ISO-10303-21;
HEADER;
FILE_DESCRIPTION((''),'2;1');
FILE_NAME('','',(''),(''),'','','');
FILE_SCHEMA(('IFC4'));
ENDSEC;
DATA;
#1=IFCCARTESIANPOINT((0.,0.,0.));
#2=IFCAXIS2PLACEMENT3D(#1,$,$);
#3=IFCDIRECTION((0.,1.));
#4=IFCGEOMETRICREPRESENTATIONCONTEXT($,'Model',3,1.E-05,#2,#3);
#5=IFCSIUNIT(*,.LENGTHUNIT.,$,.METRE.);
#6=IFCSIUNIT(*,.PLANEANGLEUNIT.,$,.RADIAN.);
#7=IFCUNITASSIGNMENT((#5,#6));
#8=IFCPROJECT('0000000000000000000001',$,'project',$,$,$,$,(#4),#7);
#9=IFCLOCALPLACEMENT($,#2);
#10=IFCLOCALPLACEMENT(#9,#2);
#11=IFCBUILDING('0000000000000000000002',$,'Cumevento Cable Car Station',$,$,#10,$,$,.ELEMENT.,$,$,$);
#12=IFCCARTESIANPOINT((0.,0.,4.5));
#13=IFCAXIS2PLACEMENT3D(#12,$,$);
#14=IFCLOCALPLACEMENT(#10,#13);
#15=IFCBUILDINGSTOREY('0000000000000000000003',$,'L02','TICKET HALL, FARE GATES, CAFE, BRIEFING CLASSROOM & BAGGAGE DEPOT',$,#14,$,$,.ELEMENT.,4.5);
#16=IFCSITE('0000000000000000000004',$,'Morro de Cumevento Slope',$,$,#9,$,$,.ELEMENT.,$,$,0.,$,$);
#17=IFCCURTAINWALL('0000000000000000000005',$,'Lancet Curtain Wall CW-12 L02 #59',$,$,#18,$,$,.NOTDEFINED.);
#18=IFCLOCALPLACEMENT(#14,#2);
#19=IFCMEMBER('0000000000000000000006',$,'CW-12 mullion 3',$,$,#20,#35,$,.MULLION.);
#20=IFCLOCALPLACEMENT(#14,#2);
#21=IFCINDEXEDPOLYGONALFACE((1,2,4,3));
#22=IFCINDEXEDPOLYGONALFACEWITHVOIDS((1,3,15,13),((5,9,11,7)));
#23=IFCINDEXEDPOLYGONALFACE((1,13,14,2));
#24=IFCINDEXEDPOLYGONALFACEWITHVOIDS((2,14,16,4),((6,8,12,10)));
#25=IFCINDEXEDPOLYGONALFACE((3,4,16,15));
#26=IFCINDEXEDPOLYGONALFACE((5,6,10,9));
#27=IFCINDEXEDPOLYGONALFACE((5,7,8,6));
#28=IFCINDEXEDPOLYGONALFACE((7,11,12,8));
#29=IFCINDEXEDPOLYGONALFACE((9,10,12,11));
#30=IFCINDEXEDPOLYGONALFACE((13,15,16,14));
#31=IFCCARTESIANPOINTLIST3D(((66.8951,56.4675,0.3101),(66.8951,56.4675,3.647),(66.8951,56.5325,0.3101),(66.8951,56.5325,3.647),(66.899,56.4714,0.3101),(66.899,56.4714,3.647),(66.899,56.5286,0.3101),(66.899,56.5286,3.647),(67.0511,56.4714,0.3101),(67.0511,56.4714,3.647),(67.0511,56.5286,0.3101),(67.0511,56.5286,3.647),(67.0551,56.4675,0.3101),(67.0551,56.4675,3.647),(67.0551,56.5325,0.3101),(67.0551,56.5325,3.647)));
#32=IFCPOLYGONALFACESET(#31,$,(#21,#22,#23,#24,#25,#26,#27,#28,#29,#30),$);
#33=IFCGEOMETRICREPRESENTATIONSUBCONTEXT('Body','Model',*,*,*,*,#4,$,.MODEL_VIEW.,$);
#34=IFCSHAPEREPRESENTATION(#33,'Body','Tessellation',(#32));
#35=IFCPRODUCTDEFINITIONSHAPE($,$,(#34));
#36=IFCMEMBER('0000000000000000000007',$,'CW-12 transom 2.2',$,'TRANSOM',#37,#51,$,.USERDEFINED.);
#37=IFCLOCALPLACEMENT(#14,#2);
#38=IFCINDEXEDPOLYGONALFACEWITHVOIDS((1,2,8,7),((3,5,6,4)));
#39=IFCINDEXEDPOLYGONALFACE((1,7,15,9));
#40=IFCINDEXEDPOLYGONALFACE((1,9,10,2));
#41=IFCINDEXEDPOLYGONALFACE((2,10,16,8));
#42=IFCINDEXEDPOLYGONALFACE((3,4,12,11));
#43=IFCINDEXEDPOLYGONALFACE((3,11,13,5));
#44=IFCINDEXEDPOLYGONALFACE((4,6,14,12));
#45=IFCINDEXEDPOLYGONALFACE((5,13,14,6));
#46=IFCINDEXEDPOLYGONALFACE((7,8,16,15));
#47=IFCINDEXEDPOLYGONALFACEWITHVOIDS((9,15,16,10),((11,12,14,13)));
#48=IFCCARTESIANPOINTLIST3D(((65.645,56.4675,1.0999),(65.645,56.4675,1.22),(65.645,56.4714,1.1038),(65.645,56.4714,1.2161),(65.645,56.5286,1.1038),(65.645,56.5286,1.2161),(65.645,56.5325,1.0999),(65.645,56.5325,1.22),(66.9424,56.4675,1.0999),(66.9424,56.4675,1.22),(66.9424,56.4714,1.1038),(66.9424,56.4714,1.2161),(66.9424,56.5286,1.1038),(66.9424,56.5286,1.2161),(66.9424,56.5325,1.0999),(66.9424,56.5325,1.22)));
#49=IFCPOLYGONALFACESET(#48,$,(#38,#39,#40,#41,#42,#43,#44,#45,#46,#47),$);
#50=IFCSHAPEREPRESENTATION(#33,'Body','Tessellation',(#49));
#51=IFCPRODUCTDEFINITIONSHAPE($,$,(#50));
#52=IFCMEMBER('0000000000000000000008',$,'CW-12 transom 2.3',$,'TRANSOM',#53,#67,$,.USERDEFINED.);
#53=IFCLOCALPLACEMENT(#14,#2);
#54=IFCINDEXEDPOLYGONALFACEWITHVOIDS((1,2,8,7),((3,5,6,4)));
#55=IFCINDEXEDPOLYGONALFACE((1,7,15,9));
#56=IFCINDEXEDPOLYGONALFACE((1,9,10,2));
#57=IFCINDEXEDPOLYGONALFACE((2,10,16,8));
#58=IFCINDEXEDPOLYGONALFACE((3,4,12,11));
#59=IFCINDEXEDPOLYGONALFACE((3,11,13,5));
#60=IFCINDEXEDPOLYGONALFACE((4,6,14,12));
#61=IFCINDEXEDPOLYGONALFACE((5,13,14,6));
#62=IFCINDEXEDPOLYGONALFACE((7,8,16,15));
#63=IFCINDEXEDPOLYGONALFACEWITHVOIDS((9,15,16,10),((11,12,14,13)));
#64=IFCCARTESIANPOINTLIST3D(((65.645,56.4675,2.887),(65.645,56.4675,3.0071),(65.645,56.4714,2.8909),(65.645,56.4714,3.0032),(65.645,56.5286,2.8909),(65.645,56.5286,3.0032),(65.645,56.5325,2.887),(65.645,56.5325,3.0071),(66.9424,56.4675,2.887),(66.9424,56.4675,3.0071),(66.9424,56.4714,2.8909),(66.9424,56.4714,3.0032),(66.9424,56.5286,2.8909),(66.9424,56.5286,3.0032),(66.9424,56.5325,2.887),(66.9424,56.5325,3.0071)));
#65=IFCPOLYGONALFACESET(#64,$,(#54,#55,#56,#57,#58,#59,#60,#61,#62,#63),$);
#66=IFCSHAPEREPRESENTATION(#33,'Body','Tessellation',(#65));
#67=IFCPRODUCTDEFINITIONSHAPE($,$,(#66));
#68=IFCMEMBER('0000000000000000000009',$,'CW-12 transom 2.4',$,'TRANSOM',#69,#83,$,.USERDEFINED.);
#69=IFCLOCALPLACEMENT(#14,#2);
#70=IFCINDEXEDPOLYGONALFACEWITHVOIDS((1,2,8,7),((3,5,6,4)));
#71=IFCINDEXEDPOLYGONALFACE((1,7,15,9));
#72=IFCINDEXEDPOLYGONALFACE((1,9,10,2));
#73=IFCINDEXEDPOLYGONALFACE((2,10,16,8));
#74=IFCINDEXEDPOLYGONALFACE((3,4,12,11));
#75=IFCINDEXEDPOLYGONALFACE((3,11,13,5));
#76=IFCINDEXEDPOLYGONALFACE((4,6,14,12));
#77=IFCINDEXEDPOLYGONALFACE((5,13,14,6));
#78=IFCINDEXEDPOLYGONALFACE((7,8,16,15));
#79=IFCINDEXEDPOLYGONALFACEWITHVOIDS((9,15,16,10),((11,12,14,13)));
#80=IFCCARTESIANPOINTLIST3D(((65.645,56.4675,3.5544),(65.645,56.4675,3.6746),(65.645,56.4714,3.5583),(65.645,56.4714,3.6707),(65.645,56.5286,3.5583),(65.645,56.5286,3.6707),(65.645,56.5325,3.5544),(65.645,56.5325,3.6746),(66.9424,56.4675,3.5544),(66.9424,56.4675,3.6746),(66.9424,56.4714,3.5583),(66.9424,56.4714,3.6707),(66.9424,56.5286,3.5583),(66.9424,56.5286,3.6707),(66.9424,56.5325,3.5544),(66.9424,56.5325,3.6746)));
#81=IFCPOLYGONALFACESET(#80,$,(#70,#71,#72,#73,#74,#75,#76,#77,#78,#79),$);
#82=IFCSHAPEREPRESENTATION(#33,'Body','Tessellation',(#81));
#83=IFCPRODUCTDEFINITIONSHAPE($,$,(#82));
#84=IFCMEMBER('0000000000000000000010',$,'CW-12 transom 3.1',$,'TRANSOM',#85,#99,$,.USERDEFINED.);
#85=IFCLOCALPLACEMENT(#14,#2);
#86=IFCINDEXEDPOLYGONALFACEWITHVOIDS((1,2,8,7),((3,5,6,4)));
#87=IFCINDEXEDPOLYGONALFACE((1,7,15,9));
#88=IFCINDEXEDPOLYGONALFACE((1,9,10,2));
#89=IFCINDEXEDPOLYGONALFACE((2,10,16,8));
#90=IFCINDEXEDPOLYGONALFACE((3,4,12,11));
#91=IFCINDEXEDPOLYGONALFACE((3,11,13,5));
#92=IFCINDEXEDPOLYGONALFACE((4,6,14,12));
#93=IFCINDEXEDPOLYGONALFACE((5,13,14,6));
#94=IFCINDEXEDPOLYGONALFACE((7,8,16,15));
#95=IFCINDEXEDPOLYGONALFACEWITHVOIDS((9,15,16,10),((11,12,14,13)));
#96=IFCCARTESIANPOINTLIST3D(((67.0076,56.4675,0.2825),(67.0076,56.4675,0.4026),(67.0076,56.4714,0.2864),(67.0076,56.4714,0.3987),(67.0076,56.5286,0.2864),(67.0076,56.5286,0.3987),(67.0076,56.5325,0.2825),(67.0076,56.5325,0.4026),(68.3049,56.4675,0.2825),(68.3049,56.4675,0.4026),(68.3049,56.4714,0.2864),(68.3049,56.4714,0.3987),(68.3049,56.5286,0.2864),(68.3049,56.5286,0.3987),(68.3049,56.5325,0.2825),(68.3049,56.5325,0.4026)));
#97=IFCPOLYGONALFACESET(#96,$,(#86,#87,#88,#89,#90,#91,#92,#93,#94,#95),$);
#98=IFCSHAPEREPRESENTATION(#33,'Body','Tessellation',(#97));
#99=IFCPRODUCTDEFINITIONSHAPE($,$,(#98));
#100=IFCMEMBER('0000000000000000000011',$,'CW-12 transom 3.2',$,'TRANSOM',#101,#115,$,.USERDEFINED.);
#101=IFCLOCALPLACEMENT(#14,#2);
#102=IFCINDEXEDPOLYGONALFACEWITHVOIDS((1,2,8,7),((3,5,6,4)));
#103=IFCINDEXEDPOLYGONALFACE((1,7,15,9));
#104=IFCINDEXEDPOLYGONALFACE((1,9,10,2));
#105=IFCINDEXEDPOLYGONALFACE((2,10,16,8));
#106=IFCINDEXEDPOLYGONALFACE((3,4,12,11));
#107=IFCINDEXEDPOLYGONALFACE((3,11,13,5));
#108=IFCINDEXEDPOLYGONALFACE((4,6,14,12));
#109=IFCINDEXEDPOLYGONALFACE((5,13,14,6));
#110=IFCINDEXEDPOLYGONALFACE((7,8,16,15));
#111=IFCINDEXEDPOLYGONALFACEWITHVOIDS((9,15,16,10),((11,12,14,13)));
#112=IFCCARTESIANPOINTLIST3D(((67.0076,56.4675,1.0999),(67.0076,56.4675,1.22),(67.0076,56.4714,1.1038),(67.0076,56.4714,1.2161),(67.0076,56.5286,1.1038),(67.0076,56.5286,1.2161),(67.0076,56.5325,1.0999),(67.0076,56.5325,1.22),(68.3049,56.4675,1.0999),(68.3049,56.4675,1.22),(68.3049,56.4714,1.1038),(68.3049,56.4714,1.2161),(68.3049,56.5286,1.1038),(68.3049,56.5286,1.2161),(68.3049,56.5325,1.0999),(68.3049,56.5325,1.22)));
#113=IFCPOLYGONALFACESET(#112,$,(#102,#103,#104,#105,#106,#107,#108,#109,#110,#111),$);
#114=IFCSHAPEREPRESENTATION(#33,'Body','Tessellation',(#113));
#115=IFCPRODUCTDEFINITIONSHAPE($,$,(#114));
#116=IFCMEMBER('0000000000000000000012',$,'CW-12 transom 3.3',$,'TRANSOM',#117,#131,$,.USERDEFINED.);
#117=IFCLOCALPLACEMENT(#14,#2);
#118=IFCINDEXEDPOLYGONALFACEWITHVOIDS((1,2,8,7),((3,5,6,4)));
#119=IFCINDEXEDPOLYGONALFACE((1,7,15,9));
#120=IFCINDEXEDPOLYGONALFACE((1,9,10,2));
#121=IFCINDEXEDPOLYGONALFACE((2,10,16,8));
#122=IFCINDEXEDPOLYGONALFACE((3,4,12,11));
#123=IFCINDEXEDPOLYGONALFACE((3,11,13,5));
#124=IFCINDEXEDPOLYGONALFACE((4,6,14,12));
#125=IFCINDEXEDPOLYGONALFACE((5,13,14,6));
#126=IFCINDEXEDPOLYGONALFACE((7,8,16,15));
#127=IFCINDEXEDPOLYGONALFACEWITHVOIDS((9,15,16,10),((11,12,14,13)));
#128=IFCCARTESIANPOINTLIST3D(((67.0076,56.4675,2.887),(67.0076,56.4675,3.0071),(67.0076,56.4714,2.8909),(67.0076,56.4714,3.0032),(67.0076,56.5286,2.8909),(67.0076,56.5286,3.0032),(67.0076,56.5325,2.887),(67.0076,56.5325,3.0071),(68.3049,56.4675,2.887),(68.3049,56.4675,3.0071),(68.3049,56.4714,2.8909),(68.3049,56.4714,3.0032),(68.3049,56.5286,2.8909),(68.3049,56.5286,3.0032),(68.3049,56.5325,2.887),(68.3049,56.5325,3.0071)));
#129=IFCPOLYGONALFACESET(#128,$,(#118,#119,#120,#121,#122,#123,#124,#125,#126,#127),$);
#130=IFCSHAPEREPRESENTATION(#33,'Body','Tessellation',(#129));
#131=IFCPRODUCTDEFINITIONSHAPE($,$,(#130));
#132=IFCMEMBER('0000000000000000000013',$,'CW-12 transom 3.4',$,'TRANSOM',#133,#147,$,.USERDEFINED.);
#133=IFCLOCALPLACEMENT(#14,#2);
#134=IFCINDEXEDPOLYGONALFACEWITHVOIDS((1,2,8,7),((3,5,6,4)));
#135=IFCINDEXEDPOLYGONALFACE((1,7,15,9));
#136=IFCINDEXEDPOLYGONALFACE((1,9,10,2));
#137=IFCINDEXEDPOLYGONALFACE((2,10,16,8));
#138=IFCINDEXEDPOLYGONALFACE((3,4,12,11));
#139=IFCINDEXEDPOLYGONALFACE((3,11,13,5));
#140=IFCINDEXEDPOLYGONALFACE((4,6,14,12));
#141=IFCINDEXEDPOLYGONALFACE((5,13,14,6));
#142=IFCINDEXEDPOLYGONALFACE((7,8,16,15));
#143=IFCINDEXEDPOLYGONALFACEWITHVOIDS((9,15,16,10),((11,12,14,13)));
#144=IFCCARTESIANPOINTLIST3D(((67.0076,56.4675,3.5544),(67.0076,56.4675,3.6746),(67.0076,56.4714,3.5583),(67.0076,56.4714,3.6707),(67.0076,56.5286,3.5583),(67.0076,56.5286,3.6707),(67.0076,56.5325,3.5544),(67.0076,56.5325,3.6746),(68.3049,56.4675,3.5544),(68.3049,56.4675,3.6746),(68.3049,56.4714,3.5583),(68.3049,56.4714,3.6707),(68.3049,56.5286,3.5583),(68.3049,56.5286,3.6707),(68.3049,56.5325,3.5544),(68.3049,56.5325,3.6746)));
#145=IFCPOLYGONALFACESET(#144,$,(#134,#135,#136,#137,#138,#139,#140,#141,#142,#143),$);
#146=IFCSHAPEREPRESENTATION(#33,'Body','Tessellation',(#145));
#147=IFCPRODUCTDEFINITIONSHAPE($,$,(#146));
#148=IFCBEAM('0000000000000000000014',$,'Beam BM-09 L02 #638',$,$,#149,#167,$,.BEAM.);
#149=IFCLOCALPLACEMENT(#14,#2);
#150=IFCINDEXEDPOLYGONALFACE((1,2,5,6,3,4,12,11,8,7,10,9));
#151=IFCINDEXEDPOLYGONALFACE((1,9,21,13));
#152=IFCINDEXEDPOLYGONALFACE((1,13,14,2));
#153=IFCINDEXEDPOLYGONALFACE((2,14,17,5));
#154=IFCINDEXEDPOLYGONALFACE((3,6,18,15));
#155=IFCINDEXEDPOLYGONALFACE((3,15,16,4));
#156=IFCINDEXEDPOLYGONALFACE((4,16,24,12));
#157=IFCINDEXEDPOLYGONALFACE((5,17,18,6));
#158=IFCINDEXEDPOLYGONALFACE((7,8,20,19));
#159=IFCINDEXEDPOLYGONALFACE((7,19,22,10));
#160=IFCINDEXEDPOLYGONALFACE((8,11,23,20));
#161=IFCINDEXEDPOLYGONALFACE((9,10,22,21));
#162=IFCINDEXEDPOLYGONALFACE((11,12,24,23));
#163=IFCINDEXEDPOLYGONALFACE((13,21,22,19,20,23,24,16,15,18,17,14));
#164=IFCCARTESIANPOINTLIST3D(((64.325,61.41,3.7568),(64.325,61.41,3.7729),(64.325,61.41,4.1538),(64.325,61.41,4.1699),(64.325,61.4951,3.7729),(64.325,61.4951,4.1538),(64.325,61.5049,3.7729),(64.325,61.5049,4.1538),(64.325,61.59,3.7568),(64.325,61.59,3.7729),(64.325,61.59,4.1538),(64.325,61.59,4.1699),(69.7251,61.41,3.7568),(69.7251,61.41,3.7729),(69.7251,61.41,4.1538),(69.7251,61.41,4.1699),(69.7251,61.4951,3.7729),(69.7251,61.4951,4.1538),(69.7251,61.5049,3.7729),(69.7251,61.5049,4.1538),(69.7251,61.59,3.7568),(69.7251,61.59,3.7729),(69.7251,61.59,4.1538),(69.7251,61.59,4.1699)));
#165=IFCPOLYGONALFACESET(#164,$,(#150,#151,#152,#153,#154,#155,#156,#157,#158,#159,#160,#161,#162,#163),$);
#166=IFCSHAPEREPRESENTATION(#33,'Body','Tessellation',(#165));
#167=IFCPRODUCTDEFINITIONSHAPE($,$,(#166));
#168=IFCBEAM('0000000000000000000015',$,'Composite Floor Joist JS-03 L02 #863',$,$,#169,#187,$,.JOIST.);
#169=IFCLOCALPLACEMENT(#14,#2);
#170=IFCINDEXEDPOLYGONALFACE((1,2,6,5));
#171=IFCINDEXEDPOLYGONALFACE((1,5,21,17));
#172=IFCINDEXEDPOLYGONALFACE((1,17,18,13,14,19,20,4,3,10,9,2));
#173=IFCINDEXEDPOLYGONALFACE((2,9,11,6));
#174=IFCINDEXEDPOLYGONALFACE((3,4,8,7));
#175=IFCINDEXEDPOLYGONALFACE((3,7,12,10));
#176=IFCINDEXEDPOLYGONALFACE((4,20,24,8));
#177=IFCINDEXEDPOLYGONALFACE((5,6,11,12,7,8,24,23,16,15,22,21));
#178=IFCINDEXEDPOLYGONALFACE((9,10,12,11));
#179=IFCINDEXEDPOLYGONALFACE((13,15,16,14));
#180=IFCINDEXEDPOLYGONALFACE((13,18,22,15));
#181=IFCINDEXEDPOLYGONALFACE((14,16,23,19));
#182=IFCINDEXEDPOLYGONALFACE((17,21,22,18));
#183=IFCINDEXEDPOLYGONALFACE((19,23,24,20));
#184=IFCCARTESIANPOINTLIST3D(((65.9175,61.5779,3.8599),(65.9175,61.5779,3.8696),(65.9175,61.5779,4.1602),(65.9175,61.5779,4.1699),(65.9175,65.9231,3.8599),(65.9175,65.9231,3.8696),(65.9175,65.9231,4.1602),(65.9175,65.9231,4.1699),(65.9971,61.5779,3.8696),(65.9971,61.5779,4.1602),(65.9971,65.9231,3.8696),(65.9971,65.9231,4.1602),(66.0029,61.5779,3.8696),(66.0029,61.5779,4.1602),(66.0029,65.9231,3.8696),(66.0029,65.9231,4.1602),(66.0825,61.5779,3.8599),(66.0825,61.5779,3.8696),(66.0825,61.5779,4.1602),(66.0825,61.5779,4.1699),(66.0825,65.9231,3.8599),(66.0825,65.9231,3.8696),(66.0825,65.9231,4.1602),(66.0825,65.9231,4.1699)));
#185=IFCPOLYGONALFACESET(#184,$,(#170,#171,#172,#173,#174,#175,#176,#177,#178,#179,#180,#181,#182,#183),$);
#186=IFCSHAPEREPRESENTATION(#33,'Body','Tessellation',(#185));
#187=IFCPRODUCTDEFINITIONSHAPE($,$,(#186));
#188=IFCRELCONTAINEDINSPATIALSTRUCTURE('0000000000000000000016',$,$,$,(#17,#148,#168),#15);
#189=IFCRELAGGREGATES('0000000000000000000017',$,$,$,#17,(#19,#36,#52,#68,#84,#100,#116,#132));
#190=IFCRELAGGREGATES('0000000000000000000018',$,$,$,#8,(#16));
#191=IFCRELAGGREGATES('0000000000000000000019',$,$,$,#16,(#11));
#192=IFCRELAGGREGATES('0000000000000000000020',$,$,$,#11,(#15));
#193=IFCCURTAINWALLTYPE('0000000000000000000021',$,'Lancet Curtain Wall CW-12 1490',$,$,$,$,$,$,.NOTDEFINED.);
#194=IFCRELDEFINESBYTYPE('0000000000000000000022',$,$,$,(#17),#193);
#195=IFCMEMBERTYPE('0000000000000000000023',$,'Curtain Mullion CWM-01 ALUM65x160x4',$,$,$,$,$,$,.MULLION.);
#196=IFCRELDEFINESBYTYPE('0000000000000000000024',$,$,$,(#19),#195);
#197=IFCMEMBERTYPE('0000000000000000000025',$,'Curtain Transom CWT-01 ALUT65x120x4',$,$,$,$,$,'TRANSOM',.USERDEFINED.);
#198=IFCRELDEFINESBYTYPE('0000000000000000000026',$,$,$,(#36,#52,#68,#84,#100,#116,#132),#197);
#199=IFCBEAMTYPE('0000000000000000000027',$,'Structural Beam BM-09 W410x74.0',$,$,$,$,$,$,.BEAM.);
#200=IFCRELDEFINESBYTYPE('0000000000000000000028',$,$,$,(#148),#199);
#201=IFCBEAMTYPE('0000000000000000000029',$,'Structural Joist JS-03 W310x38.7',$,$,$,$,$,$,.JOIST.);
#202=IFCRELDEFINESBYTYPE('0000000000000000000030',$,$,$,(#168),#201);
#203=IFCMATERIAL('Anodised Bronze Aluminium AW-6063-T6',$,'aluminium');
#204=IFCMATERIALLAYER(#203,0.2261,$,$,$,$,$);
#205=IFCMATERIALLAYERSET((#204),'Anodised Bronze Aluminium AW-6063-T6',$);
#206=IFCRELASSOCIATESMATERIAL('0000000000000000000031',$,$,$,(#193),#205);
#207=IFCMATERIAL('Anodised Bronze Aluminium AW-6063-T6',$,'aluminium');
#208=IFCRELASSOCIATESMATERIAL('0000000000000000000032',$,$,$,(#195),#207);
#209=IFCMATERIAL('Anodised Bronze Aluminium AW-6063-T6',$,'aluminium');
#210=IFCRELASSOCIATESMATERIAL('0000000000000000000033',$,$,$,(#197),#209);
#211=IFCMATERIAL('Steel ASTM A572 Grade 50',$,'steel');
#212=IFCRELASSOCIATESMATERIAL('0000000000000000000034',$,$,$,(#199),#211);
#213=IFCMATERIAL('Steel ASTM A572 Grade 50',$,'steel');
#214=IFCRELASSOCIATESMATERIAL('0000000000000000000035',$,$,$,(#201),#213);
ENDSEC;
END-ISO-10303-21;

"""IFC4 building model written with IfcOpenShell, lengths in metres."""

from ifc_helpers import new_model, si_unit, direction, frame, origin, origin_2d, place, context, subcontext, project, spatial, hollow_rectangle, i_section, extrude, material, layer, layer_set, material_profile, profile_set, type_object, element, aggregate, save


model = new_model("IFC4")

# Units and contexts
model_context = context("Model", 3, precision=1e-05, world=origin(), true_north=direction((0.0, 1.0)))
body_context = subcontext(model_context, "Body", "Model", "MODEL_VIEW")
ifc_project = project(units=[si_unit("LENGTHUNIT", "METRE"), si_unit("PLANEANGLEUNIT", "RADIAN")], contexts=[model_context])

# Site, building, storey
site_placement = place(None, origin())
site = spatial("IfcSite", under=ifc_project, at=site_placement, Name="Morro de Cumevento Slope", CompositionType="ELEMENT", RefElevation=0.0)
building_placement = place(site_placement, origin())
building = spatial("IfcBuilding", under=site, at=building_placement, Name="Cumevento Cable Car Station", CompositionType="ELEMENT")
storey_placement = place(building_placement, frame((0.0, 0.0, 4.5)))
storey = spatial("IfcBuildingStorey", under=building, at=storey_placement, Name="L02", Description="TICKET HALL, FARE GATES, CAFE, BRIEFING CLASSROOM & BAGGAGE DEPOT", CompositionType="ELEMENT", Elevation=4.5)

# Curtain wall, members
ifc_material_1 = material(Name="Anodised Bronze Aluminium AW-6063-T6", Category="aluminium")
ifc_layer_1 = layer(ifc_material_1, 0.2261)
ifc_layer_set_1 = layer_set([ifc_layer_1], Name="Anodised Bronze Aluminium AW-6063-T6")
curtain_wall_type = type_object("IfcCurtainWallType", Name="Lancet Curtain Wall CW-12 1490", PredefinedType="NOTDEFINED", material=ifc_layer_set_1)
curtain_wall_placement = place(storey_placement, origin())
curtain_wall = element("IfcCurtainWall", 1, at=curtain_wall_placement, inside=storey, type_object=curtain_wall_type, Name="Lancet Curtain Wall CW-12 L02 #59", PredefinedType="NOTDEFINED")
ifc_material_2 = material(Name="Anodised Bronze Aluminium AW-6063-T6", Category="aluminium")
ifc_material_profile_1 = material_profile(ifc_material_2, hollow_rectangle(XDim=0.0649, YDim=0.1599, WallThickness=0.0039, at=origin_2d()), Name="ALUM65x160x4")
ifc_profile_set_1 = profile_set([ifc_material_profile_1], Name="Anodised Bronze Aluminium AW-6063-T6")
member_type_1 = type_object("IfcMemberType", Name="Curtain Mullion CWM-01 ALUM65x160x4", PredefinedType="MULLION", material=ifc_profile_set_1)
member_1_placement = place(storey_placement, frame((66.9751, 56.5, 0.3101), z_axis=(0.0, 0.0, 1.0), x_axis=(0.0, 1.0, 0.0)))
member_1 = element("IfcMember", 2, at=member_1_placement, type_object=member_type_1, Name="CW-12 mullion 3", PredefinedType="MULLION", context=body_context, shape_type="SweptSolid", body=[
    extrude(hollow_rectangle(XDim=0.0649, YDim=0.1599, WallThickness=0.0039, at=origin_2d()), origin(), (0.0, 0.0, 1.0), 3.3369),
])
ifc_material_3 = material(Name="Anodised Bronze Aluminium AW-6063-T6", Category="aluminium")
ifc_material_profile_2 = material_profile(ifc_material_3, hollow_rectangle(XDim=0.0649, YDim=0.1201, WallThickness=0.0039, at=origin_2d()), Name="ALUT65x120x4")
ifc_profile_set_2 = profile_set([ifc_material_profile_2], Name="Anodised Bronze Aluminium AW-6063-T6")
member_type_2 = type_object("IfcMemberType", Name="Curtain Transom CWT-01 ALUT65x120x4", ElementType="TRANSOM", PredefinedType="USERDEFINED", material=ifc_profile_set_2)
member_2_placement = place(storey_placement, frame((65.645, 56.5, 1.1599), z_axis=(1.0, 0.0, 0.0), x_axis=(0.0, 1.0, 0.0)))
member_2 = element("IfcMember", 3, at=member_2_placement, type_object=member_type_2, Name="CW-12 transom 2.2", ObjectType="TRANSOM", PredefinedType="USERDEFINED", context=body_context, shape_type="SweptSolid", body=[
    extrude(hollow_rectangle(XDim=0.0649, YDim=0.1201, WallThickness=0.0039, at=origin_2d()), origin(), (0.0, 0.0, 1.0), 1.2974),
])
member_3_placement = place(storey_placement, frame((65.645, 56.5, 2.947), z_axis=(1.0, 0.0, 0.0), x_axis=(0.0, 1.0, 0.0)))
member_3 = element("IfcMember", 4, at=member_3_placement, type_object=member_type_2, Name="CW-12 transom 2.3", ObjectType="TRANSOM", PredefinedType="USERDEFINED", context=body_context, shape_type="SweptSolid", body=[
    extrude(hollow_rectangle(XDim=0.0649, YDim=0.1201, WallThickness=0.0039, at=origin_2d()), origin(), (0.0, 0.0, 1.0), 1.2974),
])
member_4_placement = place(storey_placement, frame((65.645, 56.5, 3.6145), z_axis=(1.0, 0.0, 0.0), x_axis=(0.0, 1.0, 0.0)))
member_4 = element("IfcMember", 5, at=member_4_placement, type_object=member_type_2, Name="CW-12 transom 2.4", ObjectType="TRANSOM", PredefinedType="USERDEFINED", context=body_context, shape_type="SweptSolid", body=[
    extrude(hollow_rectangle(XDim=0.0649, YDim=0.1201, WallThickness=0.0039, at=origin_2d()), origin(), (0.0, 0.0, 1.0), 1.2974),
])
member_5_placement = place(storey_placement, frame((67.0076, 56.5, 0.3425), z_axis=(1.0, 0.0, 0.0), x_axis=(0.0, 1.0, 0.0)))
member_5 = element("IfcMember", 6, at=member_5_placement, type_object=member_type_2, Name="CW-12 transom 3.1", ObjectType="TRANSOM", PredefinedType="USERDEFINED", context=body_context, shape_type="SweptSolid", body=[
    extrude(hollow_rectangle(XDim=0.0649, YDim=0.1201, WallThickness=0.0039, at=origin_2d()), origin(), (0.0, 0.0, 1.0), 1.2974),
])
member_6_placement = place(storey_placement, frame((67.0076, 56.5, 1.1599), z_axis=(1.0, 0.0, 0.0), x_axis=(0.0, 1.0, 0.0)))
member_6 = element("IfcMember", 7, at=member_6_placement, type_object=member_type_2, Name="CW-12 transom 3.2", ObjectType="TRANSOM", PredefinedType="USERDEFINED", context=body_context, shape_type="SweptSolid", body=[
    extrude(hollow_rectangle(XDim=0.0649, YDim=0.1201, WallThickness=0.0039, at=origin_2d()), origin(), (0.0, 0.0, 1.0), 1.2974),
])
member_7_placement = place(storey_placement, frame((67.0076, 56.5, 2.947), z_axis=(1.0, 0.0, 0.0), x_axis=(0.0, 1.0, 0.0)))
member_7 = element("IfcMember", 8, at=member_7_placement, type_object=member_type_2, Name="CW-12 transom 3.3", ObjectType="TRANSOM", PredefinedType="USERDEFINED", context=body_context, shape_type="SweptSolid", body=[
    extrude(hollow_rectangle(XDim=0.0649, YDim=0.1201, WallThickness=0.0039, at=origin_2d()), origin(), (0.0, 0.0, 1.0), 1.2974),
])
member_8_placement = place(storey_placement, frame((67.0076, 56.5, 3.6145), z_axis=(1.0, 0.0, 0.0), x_axis=(0.0, 1.0, 0.0)))
member_8 = element("IfcMember", 9, at=member_8_placement, type_object=member_type_2, Name="CW-12 transom 3.4", ObjectType="TRANSOM", PredefinedType="USERDEFINED", context=body_context, shape_type="SweptSolid", body=[
    extrude(hollow_rectangle(XDim=0.0649, YDim=0.1201, WallThickness=0.0039, at=origin_2d()), origin(), (0.0, 0.0, 1.0), 1.2974),
])

# Beams
ifc_material_4 = material(Name="Steel ASTM A572 Grade 50", Category="steel")
ifc_material_profile_3 = material_profile(ifc_material_4, i_section(OverallWidth=0.1799, OverallDepth=0.4131, WebThickness=0.0098, FlangeThickness=0.0161, at=origin_2d()), Name="W410x74.0")
ifc_profile_set_3 = profile_set([ifc_material_profile_3], Name="Steel ASTM A572 Grade 50")
beam_type_1 = type_object("IfcBeamType", Name="Structural Beam BM-09 W410x74.0", PredefinedType="BEAM", material=ifc_profile_set_3)
beam_1_placement = place(storey_placement, frame((64.325, 61.5, 3.9634), z_axis=(1.0, 0.0, 0.0), x_axis=(0.0, 1.0, 0.0)))
element("IfcBeam", 10, at=beam_1_placement, inside=storey, type_object=beam_type_1, Name="Beam BM-09 L02 #638", PredefinedType="BEAM", context=body_context, shape_type="SweptSolid", body=[
    extrude(i_section(OverallWidth=0.1799, OverallDepth=0.4131, WebThickness=0.0098, FlangeThickness=0.0161, at=origin_2d()), origin(), (0.0, 0.0, 1.0), 5.4001),
])
ifc_material_5 = material(Name="Steel ASTM A572 Grade 50", Category="steel")
ifc_material_profile_4 = material_profile(ifc_material_5, i_section(OverallWidth=0.165, OverallDepth=0.3101, WebThickness=0.0059, FlangeThickness=0.0098, at=origin_2d()), Name="W310x38.7")
ifc_profile_set_4 = profile_set([ifc_material_profile_4], Name="Steel ASTM A572 Grade 50")
beam_type_2 = type_object("IfcBeamType", Name="Structural Joist JS-03 W310x38.7", PredefinedType="JOIST", material=ifc_profile_set_4)
beam_2_placement = place(storey_placement, frame((66.0, 61.5779, 4.0149), z_axis=(0.0, 1.0, 0.0), x_axis=(-1.0, 0.0, 0.0)))
element("IfcBeam", 11, at=beam_2_placement, inside=storey, type_object=beam_type_2, Name="Composite Floor Joist JS-03 L02 #863", PredefinedType="JOIST", context=body_context, shape_type="SweptSolid", body=[
    extrude(i_section(OverallWidth=0.165, OverallDepth=0.3101, WebThickness=0.0059, FlangeThickness=0.0098, at=origin_2d()), origin(), (0.0, 0.0, 1.0), 4.3452),
])

aggregate(curtain_wall, [member_1, member_2, member_3, member_4, member_5, member_6, member_7, member_8])

save(model, "model.ifc")
